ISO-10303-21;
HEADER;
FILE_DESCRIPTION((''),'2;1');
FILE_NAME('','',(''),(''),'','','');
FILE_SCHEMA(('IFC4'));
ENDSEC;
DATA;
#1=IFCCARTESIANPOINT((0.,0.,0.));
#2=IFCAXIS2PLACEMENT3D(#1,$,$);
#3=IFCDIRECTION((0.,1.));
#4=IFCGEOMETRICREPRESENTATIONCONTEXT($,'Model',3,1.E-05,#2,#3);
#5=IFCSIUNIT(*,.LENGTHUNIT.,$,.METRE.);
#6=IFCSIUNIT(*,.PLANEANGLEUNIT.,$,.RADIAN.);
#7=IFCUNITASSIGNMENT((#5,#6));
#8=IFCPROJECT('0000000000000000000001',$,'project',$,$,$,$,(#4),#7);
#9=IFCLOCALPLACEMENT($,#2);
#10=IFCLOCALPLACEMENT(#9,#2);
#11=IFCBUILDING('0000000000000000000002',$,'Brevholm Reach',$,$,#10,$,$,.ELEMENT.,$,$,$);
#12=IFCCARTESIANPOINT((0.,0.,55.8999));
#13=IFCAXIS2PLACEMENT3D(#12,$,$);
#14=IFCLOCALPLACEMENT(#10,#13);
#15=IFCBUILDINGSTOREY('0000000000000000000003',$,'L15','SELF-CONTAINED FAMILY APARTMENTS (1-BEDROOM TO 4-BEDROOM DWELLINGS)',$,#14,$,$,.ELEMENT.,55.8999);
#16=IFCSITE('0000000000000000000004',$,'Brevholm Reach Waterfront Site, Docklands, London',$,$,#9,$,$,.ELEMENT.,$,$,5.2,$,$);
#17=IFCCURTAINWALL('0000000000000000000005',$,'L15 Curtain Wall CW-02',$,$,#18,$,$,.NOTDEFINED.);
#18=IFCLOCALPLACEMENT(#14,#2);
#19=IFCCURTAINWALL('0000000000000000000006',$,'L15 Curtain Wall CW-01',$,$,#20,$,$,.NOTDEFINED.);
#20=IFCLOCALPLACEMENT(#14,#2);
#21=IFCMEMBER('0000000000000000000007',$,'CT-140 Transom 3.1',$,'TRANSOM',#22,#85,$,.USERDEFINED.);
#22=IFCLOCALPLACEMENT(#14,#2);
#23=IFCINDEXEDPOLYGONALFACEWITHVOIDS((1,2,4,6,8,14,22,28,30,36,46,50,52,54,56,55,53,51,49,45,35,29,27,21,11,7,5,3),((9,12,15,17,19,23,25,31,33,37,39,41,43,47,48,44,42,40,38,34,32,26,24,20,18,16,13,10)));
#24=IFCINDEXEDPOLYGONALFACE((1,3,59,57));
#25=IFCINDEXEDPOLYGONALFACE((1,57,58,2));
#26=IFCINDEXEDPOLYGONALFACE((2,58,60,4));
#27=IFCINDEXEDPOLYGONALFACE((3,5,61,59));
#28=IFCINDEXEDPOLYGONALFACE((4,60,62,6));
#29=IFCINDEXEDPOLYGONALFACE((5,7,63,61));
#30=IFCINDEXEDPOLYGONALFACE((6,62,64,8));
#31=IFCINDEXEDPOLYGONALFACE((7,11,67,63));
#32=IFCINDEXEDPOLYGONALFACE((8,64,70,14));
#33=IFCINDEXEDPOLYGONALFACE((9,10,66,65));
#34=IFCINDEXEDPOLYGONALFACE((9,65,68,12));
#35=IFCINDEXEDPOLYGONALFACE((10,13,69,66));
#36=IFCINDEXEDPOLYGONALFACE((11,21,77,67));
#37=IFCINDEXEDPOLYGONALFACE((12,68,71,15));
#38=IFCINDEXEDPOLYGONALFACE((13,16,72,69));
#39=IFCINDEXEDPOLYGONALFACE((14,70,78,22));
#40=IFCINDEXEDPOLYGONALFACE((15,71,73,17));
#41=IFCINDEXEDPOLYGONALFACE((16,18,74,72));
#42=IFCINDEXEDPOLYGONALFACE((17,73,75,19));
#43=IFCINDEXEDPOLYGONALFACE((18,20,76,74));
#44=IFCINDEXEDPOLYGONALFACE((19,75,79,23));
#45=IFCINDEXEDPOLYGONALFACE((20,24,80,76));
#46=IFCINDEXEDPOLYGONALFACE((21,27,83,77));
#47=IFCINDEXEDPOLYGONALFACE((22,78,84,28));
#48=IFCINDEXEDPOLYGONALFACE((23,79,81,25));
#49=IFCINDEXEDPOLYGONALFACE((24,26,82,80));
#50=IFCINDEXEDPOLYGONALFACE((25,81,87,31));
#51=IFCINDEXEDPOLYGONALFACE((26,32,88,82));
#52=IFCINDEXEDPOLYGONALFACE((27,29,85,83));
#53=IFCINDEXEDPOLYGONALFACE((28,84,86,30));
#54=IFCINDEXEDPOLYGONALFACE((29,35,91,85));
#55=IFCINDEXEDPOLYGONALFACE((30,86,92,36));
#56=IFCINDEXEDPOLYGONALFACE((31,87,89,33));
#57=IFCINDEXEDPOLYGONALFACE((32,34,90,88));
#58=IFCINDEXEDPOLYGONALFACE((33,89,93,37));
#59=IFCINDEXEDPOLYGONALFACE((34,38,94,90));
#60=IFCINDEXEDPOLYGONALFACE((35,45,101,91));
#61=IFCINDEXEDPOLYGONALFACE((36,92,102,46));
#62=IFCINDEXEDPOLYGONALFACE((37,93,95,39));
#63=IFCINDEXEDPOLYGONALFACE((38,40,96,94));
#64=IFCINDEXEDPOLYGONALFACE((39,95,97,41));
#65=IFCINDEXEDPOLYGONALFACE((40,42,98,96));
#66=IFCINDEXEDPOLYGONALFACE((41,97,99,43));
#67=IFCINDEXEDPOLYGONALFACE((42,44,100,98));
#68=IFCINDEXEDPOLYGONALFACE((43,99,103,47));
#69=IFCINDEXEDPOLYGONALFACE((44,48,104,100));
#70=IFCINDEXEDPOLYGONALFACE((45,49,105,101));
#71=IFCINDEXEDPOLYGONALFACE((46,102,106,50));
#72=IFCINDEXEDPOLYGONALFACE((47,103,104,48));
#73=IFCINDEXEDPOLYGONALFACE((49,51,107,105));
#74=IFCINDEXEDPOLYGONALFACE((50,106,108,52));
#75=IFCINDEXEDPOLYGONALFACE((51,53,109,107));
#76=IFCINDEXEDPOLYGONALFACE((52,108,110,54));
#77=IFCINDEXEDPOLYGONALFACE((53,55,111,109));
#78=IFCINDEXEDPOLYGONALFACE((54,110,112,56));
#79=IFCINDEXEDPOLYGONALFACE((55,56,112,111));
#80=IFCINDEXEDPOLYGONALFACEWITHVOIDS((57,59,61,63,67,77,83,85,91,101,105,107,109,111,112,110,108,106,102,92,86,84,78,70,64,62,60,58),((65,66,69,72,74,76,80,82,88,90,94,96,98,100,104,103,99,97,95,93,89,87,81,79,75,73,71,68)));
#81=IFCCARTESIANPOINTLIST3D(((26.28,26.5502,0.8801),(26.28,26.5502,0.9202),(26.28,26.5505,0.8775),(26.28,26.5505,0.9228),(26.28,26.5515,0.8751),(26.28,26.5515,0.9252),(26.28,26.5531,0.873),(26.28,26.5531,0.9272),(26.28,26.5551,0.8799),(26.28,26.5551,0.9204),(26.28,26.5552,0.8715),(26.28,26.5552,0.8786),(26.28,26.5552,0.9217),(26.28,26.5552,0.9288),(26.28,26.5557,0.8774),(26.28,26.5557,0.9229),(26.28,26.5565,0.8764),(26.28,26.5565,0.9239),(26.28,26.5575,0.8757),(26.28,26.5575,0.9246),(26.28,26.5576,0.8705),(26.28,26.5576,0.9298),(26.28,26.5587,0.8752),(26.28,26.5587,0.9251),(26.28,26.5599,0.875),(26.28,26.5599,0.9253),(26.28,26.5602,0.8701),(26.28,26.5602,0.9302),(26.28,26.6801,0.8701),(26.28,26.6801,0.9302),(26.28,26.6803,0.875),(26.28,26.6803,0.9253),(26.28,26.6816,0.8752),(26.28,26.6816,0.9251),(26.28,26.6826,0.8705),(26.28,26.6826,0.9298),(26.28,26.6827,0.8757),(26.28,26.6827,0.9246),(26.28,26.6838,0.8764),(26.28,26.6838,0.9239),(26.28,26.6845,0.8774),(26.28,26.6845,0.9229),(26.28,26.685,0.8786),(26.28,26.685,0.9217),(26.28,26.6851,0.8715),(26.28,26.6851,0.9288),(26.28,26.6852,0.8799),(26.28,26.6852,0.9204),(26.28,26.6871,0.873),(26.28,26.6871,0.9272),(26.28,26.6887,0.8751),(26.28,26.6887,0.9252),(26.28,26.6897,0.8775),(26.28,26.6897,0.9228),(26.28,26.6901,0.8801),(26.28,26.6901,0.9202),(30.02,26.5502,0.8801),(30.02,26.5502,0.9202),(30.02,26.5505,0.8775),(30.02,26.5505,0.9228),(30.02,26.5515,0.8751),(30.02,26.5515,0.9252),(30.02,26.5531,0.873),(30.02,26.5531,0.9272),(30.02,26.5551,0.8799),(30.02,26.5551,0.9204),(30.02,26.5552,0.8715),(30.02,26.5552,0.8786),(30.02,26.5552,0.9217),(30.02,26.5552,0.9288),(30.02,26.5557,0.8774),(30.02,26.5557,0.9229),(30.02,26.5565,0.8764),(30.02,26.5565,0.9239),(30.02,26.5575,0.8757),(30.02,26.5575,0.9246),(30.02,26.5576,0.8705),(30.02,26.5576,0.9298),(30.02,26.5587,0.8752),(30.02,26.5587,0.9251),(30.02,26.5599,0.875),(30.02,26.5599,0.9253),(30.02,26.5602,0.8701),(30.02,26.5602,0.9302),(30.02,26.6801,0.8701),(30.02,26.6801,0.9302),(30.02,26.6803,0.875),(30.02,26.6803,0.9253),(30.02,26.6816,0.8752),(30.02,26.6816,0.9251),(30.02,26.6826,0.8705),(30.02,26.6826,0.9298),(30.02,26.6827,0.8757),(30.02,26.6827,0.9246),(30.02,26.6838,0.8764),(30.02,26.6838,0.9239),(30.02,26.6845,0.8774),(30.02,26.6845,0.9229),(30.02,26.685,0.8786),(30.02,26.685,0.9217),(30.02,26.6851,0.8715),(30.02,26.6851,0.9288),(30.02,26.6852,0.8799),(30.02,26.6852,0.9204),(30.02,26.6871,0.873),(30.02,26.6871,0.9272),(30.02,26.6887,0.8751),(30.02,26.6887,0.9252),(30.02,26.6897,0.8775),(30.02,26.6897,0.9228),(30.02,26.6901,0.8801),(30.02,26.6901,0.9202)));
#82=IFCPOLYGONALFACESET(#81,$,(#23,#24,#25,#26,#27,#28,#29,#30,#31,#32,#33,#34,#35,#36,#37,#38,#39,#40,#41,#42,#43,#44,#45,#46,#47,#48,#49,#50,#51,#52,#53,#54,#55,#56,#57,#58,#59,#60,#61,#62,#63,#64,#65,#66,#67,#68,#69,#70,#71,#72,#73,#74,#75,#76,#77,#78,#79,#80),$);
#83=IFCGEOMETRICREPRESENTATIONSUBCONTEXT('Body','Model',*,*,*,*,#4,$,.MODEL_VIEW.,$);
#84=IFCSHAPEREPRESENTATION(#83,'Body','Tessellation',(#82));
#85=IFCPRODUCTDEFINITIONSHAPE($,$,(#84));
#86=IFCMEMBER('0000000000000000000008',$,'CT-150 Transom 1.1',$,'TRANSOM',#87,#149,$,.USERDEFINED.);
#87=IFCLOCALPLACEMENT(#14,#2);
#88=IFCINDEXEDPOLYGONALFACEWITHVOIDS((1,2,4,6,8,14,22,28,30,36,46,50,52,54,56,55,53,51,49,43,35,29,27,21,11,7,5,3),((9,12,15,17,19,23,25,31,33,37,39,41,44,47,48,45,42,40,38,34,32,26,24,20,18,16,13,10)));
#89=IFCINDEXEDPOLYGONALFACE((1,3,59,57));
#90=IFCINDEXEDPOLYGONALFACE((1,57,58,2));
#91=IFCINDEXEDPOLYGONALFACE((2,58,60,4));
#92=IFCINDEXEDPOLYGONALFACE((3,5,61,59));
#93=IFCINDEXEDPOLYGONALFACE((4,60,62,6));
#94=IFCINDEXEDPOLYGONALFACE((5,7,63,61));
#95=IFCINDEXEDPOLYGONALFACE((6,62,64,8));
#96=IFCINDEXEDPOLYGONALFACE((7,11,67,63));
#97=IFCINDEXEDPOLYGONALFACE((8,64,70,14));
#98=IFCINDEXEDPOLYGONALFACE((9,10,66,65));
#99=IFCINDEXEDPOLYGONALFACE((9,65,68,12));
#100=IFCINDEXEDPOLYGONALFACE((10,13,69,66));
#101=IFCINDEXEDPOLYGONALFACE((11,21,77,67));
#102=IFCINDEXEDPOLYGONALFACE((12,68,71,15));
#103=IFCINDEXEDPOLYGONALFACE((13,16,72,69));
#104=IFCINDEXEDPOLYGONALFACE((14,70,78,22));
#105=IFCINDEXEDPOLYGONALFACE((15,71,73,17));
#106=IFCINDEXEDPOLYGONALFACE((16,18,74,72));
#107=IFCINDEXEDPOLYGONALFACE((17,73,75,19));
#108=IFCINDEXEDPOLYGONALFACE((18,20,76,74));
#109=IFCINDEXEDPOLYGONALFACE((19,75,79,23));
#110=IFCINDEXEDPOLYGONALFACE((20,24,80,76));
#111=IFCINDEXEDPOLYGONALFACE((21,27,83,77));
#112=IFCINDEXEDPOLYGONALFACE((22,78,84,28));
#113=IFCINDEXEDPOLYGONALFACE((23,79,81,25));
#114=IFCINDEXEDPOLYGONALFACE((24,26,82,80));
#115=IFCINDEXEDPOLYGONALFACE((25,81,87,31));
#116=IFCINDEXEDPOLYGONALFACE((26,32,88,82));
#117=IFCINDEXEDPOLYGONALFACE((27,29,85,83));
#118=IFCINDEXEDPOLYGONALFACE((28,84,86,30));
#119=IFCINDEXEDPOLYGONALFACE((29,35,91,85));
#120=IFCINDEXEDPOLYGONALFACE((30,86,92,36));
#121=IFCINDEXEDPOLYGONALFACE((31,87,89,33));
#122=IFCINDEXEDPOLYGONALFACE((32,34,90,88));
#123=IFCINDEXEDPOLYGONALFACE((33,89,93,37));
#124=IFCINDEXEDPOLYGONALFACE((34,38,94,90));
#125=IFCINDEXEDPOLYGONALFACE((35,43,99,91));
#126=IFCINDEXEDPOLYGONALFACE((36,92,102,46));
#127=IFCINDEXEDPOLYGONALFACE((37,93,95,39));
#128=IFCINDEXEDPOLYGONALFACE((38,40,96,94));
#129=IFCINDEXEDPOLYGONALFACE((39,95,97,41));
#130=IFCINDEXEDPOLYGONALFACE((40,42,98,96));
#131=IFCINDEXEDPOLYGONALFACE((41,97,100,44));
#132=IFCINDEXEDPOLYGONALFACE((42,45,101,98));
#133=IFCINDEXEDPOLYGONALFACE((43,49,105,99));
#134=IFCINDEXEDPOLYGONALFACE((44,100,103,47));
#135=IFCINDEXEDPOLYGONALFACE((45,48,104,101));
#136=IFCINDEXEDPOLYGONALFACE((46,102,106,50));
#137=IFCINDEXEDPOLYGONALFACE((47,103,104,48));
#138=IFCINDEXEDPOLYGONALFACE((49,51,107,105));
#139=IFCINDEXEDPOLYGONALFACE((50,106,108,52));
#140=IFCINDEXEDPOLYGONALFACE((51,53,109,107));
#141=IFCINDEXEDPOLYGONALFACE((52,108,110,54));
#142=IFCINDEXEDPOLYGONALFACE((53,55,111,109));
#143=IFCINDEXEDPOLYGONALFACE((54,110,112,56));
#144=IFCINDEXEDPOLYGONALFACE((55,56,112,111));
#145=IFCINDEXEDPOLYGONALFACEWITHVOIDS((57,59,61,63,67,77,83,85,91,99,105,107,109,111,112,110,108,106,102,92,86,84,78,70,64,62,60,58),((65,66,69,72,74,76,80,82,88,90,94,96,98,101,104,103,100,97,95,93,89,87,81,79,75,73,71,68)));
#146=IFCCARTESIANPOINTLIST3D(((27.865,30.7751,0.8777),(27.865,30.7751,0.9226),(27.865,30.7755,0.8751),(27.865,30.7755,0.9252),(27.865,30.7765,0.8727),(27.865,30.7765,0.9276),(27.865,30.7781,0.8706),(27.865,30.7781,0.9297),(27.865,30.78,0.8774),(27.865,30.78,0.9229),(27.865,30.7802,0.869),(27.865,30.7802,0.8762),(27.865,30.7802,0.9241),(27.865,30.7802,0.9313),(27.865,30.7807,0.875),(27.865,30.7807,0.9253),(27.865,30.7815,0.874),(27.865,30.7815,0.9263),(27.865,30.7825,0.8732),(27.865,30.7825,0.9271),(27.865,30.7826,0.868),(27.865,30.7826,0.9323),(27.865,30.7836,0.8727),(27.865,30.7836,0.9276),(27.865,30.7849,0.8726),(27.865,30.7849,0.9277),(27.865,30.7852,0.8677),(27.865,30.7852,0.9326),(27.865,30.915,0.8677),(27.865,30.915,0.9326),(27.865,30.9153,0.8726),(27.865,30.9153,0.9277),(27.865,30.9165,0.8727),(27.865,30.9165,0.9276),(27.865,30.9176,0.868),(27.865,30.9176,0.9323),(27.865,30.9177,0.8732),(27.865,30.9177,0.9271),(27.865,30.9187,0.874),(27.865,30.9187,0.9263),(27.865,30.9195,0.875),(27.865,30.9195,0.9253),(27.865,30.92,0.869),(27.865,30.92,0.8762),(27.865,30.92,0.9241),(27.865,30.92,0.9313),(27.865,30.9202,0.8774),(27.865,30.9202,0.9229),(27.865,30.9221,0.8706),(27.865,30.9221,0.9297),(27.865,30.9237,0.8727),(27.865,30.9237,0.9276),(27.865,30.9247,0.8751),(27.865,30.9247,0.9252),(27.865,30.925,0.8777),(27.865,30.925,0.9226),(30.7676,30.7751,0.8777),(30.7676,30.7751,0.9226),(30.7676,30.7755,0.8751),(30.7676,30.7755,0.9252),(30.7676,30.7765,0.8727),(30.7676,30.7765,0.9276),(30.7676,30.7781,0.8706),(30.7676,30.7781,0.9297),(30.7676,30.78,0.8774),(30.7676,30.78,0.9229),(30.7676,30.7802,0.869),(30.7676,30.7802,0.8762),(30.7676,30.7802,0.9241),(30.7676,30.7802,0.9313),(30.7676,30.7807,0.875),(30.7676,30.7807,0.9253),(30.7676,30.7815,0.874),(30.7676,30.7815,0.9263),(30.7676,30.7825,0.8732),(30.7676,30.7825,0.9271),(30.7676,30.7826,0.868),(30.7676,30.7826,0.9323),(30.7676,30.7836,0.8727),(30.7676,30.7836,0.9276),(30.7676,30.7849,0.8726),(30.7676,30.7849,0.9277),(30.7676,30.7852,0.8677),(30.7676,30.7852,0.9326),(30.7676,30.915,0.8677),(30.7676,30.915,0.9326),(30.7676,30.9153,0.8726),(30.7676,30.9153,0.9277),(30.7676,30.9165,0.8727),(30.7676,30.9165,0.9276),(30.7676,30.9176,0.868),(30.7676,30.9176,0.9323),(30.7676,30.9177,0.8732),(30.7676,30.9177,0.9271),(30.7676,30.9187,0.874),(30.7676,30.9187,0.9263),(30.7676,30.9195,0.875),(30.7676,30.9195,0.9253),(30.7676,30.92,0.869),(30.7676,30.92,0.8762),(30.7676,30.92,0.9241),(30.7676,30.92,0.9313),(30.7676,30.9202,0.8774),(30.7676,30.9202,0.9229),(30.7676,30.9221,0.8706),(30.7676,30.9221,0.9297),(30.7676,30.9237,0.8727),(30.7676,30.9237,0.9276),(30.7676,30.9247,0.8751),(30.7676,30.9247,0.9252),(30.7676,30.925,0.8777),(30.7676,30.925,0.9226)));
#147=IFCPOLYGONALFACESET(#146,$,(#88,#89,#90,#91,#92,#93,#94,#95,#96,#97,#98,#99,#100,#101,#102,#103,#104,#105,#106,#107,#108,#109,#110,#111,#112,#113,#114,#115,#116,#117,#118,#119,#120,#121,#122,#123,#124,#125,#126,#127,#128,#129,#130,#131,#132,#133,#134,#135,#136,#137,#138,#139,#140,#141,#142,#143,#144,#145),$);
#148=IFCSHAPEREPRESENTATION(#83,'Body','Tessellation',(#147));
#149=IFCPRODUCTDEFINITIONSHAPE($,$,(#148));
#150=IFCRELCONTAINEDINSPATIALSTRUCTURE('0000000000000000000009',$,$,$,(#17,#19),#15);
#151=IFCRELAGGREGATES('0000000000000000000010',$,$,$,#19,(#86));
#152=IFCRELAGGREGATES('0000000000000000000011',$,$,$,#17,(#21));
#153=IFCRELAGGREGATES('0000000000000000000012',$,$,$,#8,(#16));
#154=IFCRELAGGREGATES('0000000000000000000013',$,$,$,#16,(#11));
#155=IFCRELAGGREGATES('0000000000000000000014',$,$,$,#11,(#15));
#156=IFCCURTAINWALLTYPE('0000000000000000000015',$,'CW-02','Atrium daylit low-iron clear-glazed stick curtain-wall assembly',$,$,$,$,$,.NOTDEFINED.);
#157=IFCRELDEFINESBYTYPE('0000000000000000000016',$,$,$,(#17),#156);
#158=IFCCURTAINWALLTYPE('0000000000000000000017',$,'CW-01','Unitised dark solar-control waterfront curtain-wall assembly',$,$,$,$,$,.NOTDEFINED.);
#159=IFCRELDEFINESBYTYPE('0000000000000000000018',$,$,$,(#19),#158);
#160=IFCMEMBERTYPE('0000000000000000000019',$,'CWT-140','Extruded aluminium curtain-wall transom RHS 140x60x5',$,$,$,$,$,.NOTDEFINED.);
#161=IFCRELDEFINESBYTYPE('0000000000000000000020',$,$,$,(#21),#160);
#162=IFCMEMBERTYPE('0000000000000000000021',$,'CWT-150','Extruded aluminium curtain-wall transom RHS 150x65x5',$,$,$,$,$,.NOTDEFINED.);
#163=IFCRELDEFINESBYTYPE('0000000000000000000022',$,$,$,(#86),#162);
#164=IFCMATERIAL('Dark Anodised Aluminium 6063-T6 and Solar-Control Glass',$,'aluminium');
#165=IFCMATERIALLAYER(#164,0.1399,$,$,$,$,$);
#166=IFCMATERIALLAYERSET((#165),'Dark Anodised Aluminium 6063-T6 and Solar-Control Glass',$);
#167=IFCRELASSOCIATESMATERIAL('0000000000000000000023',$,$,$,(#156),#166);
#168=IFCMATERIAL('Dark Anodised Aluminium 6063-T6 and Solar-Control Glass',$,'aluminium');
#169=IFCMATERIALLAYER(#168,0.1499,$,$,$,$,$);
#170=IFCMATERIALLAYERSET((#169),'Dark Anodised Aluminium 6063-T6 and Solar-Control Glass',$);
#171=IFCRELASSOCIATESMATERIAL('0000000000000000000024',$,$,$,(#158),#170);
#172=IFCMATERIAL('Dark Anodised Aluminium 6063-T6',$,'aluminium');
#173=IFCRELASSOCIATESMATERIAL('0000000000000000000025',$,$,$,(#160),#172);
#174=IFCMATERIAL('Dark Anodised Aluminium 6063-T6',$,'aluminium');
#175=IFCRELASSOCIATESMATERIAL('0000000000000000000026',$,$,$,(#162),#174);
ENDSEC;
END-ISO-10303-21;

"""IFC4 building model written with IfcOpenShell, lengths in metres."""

from ifc_helpers import new_model, si_unit, direction, frame, origin, origin_2d, place, context, subcontext, project, spatial, hollow_rectangle, extrude, material, layer, layer_set, material_profile, profile_set, type_object, element, aggregate, save


model = new_model("IFC4")

# Units and contexts
model_context = context("Model", 3, precision=1e-05, world=origin(), true_north=direction((0.0, 1.0)))
body_context = subcontext(model_context, "Body", "Model", "MODEL_VIEW")
ifc_project = project(units=[si_unit("LENGTHUNIT", "METRE"), si_unit("PLANEANGLEUNIT", "RADIAN")], contexts=[model_context])

# Site, building, storey
site_placement = place(None, origin())
site = spatial("IfcSite", under=ifc_project, at=site_placement, Name="Brevholm Reach Waterfront Site, Docklands, London", CompositionType="ELEMENT", RefElevation=5.2)
building_placement = place(site_placement, origin())
building = spatial("IfcBuilding", under=site, at=building_placement, Name="Brevholm Reach", CompositionType="ELEMENT")
storey_placement = place(building_placement, frame((0.0, 0.0, 55.8999)))
storey = spatial("IfcBuildingStorey", under=building, at=storey_placement, Name="L15", Description="SELF-CONTAINED FAMILY APARTMENTS (1-BEDROOM TO 4-BEDROOM DWELLINGS)", CompositionType="ELEMENT", Elevation=55.8999)

# Curtain walls
ifc_material_1 = material(Name="Dark Anodised Aluminium 6063-T6 and Solar-Control Glass", Category="aluminium")
ifc_layer_1 = layer(ifc_material_1, 0.1399)
ifc_layer_set_1 = layer_set([ifc_layer_1], Name="Dark Anodised Aluminium 6063-T6 and Solar-Control Glass")
curtain_wall_type_1 = type_object("IfcCurtainWallType", Name="CW-02", Description="Atrium daylit low-iron clear-glazed stick curtain-wall assembly", PredefinedType="NOTDEFINED", material=ifc_layer_set_1)
curtain_wall_1_placement = place(storey_placement, origin())
curtain_wall_1 = element("IfcCurtainWall", 1, at=curtain_wall_1_placement, inside=storey, type_object=curtain_wall_type_1, Name="L15 Curtain Wall CW-02", PredefinedType="NOTDEFINED")
ifc_material_2 = material(Name="Dark Anodised Aluminium 6063-T6 and Solar-Control Glass", Category="aluminium")
ifc_layer_2 = layer(ifc_material_2, 0.1499)
ifc_layer_set_2 = layer_set([ifc_layer_2], Name="Dark Anodised Aluminium 6063-T6 and Solar-Control Glass")
curtain_wall_type_2 = type_object("IfcCurtainWallType", Name="CW-01", Description="Unitised dark solar-control waterfront curtain-wall assembly", PredefinedType="NOTDEFINED", material=ifc_layer_set_2)
curtain_wall_2_placement = place(storey_placement, origin())
curtain_wall_2 = element("IfcCurtainWall", 2, at=curtain_wall_2_placement, inside=storey, type_object=curtain_wall_type_2, Name="L15 Curtain Wall CW-01", PredefinedType="NOTDEFINED")

# Members
ifc_material_3 = material(Name="Dark Anodised Aluminium 6063-T6", Category="aluminium")
ifc_material_profile_1 = material_profile(ifc_material_3, hollow_rectangle(XDim=0.0601, YDim=0.1399, WallThickness=0.0049, InnerFilletRadius=0.0049, OuterFilletRadius=0.01, at=origin_2d()), Name="RHS 140x60x5")
ifc_profile_set_1 = profile_set([ifc_material_profile_1], Name="Dark Anodised Aluminium 6063-T6")
member_type_1 = type_object("IfcMemberType", Name="CWT-140", Description="Extruded aluminium curtain-wall transom RHS 140x60x5", PredefinedType="NOTDEFINED", material=ifc_profile_set_1)
member_1_placement = place(storey_placement, frame((30.02, 26.6201, 0.9001), z_axis=(-1.0, 0.0, 0.0), x_axis=(0.0, 0.0, 1.0)))
member_1 = element("IfcMember", 3, at=member_1_placement, type_object=member_type_1, Name="CT-140 Transom 3.1", ObjectType="TRANSOM", PredefinedType="USERDEFINED", context=body_context, shape_type="SweptSolid", body=[
    extrude(hollow_rectangle(XDim=0.0601, YDim=0.1399, WallThickness=0.0049, InnerFilletRadius=0.0049, OuterFilletRadius=0.01, at=origin_2d()), origin(), (0.0, 0.0, 1.0), 3.74),
])
ifc_material_4 = material(Name="Dark Anodised Aluminium 6063-T6", Category="aluminium")
ifc_material_profile_2 = material_profile(ifc_material_4, hollow_rectangle(XDim=0.0649, YDim=0.1499, WallThickness=0.0049, InnerFilletRadius=0.0049, OuterFilletRadius=0.01, at=origin_2d()), Name="RHS 150x65x5")
ifc_profile_set_2 = profile_set([ifc_material_profile_2], Name="Dark Anodised Aluminium 6063-T6")
member_type_2 = type_object("IfcMemberType", Name="CWT-150", Description="Extruded aluminium curtain-wall transom RHS 150x65x5", PredefinedType="NOTDEFINED", material=ifc_profile_set_2)
member_2_placement = place(storey_placement, frame((27.865, 30.8501, 0.9001), z_axis=(1.0, 0.0, 0.0), x_axis=(0.0, 0.0, 1.0)))
member_2 = element("IfcMember", 4, at=member_2_placement, type_object=member_type_2, Name="CT-150 Transom 1.1", ObjectType="TRANSOM", PredefinedType="USERDEFINED", context=body_context, shape_type="SweptSolid", body=[
    extrude(hollow_rectangle(XDim=0.0649, YDim=0.1499, WallThickness=0.0049, InnerFilletRadius=0.0049, OuterFilletRadius=0.01, at=origin_2d()), origin(), (0.0, 0.0, 1.0), 2.9026),
])

aggregate(curtain_wall_2, [member_2])
aggregate(curtain_wall_1, [member_1])

save(model, "model.ifc")
